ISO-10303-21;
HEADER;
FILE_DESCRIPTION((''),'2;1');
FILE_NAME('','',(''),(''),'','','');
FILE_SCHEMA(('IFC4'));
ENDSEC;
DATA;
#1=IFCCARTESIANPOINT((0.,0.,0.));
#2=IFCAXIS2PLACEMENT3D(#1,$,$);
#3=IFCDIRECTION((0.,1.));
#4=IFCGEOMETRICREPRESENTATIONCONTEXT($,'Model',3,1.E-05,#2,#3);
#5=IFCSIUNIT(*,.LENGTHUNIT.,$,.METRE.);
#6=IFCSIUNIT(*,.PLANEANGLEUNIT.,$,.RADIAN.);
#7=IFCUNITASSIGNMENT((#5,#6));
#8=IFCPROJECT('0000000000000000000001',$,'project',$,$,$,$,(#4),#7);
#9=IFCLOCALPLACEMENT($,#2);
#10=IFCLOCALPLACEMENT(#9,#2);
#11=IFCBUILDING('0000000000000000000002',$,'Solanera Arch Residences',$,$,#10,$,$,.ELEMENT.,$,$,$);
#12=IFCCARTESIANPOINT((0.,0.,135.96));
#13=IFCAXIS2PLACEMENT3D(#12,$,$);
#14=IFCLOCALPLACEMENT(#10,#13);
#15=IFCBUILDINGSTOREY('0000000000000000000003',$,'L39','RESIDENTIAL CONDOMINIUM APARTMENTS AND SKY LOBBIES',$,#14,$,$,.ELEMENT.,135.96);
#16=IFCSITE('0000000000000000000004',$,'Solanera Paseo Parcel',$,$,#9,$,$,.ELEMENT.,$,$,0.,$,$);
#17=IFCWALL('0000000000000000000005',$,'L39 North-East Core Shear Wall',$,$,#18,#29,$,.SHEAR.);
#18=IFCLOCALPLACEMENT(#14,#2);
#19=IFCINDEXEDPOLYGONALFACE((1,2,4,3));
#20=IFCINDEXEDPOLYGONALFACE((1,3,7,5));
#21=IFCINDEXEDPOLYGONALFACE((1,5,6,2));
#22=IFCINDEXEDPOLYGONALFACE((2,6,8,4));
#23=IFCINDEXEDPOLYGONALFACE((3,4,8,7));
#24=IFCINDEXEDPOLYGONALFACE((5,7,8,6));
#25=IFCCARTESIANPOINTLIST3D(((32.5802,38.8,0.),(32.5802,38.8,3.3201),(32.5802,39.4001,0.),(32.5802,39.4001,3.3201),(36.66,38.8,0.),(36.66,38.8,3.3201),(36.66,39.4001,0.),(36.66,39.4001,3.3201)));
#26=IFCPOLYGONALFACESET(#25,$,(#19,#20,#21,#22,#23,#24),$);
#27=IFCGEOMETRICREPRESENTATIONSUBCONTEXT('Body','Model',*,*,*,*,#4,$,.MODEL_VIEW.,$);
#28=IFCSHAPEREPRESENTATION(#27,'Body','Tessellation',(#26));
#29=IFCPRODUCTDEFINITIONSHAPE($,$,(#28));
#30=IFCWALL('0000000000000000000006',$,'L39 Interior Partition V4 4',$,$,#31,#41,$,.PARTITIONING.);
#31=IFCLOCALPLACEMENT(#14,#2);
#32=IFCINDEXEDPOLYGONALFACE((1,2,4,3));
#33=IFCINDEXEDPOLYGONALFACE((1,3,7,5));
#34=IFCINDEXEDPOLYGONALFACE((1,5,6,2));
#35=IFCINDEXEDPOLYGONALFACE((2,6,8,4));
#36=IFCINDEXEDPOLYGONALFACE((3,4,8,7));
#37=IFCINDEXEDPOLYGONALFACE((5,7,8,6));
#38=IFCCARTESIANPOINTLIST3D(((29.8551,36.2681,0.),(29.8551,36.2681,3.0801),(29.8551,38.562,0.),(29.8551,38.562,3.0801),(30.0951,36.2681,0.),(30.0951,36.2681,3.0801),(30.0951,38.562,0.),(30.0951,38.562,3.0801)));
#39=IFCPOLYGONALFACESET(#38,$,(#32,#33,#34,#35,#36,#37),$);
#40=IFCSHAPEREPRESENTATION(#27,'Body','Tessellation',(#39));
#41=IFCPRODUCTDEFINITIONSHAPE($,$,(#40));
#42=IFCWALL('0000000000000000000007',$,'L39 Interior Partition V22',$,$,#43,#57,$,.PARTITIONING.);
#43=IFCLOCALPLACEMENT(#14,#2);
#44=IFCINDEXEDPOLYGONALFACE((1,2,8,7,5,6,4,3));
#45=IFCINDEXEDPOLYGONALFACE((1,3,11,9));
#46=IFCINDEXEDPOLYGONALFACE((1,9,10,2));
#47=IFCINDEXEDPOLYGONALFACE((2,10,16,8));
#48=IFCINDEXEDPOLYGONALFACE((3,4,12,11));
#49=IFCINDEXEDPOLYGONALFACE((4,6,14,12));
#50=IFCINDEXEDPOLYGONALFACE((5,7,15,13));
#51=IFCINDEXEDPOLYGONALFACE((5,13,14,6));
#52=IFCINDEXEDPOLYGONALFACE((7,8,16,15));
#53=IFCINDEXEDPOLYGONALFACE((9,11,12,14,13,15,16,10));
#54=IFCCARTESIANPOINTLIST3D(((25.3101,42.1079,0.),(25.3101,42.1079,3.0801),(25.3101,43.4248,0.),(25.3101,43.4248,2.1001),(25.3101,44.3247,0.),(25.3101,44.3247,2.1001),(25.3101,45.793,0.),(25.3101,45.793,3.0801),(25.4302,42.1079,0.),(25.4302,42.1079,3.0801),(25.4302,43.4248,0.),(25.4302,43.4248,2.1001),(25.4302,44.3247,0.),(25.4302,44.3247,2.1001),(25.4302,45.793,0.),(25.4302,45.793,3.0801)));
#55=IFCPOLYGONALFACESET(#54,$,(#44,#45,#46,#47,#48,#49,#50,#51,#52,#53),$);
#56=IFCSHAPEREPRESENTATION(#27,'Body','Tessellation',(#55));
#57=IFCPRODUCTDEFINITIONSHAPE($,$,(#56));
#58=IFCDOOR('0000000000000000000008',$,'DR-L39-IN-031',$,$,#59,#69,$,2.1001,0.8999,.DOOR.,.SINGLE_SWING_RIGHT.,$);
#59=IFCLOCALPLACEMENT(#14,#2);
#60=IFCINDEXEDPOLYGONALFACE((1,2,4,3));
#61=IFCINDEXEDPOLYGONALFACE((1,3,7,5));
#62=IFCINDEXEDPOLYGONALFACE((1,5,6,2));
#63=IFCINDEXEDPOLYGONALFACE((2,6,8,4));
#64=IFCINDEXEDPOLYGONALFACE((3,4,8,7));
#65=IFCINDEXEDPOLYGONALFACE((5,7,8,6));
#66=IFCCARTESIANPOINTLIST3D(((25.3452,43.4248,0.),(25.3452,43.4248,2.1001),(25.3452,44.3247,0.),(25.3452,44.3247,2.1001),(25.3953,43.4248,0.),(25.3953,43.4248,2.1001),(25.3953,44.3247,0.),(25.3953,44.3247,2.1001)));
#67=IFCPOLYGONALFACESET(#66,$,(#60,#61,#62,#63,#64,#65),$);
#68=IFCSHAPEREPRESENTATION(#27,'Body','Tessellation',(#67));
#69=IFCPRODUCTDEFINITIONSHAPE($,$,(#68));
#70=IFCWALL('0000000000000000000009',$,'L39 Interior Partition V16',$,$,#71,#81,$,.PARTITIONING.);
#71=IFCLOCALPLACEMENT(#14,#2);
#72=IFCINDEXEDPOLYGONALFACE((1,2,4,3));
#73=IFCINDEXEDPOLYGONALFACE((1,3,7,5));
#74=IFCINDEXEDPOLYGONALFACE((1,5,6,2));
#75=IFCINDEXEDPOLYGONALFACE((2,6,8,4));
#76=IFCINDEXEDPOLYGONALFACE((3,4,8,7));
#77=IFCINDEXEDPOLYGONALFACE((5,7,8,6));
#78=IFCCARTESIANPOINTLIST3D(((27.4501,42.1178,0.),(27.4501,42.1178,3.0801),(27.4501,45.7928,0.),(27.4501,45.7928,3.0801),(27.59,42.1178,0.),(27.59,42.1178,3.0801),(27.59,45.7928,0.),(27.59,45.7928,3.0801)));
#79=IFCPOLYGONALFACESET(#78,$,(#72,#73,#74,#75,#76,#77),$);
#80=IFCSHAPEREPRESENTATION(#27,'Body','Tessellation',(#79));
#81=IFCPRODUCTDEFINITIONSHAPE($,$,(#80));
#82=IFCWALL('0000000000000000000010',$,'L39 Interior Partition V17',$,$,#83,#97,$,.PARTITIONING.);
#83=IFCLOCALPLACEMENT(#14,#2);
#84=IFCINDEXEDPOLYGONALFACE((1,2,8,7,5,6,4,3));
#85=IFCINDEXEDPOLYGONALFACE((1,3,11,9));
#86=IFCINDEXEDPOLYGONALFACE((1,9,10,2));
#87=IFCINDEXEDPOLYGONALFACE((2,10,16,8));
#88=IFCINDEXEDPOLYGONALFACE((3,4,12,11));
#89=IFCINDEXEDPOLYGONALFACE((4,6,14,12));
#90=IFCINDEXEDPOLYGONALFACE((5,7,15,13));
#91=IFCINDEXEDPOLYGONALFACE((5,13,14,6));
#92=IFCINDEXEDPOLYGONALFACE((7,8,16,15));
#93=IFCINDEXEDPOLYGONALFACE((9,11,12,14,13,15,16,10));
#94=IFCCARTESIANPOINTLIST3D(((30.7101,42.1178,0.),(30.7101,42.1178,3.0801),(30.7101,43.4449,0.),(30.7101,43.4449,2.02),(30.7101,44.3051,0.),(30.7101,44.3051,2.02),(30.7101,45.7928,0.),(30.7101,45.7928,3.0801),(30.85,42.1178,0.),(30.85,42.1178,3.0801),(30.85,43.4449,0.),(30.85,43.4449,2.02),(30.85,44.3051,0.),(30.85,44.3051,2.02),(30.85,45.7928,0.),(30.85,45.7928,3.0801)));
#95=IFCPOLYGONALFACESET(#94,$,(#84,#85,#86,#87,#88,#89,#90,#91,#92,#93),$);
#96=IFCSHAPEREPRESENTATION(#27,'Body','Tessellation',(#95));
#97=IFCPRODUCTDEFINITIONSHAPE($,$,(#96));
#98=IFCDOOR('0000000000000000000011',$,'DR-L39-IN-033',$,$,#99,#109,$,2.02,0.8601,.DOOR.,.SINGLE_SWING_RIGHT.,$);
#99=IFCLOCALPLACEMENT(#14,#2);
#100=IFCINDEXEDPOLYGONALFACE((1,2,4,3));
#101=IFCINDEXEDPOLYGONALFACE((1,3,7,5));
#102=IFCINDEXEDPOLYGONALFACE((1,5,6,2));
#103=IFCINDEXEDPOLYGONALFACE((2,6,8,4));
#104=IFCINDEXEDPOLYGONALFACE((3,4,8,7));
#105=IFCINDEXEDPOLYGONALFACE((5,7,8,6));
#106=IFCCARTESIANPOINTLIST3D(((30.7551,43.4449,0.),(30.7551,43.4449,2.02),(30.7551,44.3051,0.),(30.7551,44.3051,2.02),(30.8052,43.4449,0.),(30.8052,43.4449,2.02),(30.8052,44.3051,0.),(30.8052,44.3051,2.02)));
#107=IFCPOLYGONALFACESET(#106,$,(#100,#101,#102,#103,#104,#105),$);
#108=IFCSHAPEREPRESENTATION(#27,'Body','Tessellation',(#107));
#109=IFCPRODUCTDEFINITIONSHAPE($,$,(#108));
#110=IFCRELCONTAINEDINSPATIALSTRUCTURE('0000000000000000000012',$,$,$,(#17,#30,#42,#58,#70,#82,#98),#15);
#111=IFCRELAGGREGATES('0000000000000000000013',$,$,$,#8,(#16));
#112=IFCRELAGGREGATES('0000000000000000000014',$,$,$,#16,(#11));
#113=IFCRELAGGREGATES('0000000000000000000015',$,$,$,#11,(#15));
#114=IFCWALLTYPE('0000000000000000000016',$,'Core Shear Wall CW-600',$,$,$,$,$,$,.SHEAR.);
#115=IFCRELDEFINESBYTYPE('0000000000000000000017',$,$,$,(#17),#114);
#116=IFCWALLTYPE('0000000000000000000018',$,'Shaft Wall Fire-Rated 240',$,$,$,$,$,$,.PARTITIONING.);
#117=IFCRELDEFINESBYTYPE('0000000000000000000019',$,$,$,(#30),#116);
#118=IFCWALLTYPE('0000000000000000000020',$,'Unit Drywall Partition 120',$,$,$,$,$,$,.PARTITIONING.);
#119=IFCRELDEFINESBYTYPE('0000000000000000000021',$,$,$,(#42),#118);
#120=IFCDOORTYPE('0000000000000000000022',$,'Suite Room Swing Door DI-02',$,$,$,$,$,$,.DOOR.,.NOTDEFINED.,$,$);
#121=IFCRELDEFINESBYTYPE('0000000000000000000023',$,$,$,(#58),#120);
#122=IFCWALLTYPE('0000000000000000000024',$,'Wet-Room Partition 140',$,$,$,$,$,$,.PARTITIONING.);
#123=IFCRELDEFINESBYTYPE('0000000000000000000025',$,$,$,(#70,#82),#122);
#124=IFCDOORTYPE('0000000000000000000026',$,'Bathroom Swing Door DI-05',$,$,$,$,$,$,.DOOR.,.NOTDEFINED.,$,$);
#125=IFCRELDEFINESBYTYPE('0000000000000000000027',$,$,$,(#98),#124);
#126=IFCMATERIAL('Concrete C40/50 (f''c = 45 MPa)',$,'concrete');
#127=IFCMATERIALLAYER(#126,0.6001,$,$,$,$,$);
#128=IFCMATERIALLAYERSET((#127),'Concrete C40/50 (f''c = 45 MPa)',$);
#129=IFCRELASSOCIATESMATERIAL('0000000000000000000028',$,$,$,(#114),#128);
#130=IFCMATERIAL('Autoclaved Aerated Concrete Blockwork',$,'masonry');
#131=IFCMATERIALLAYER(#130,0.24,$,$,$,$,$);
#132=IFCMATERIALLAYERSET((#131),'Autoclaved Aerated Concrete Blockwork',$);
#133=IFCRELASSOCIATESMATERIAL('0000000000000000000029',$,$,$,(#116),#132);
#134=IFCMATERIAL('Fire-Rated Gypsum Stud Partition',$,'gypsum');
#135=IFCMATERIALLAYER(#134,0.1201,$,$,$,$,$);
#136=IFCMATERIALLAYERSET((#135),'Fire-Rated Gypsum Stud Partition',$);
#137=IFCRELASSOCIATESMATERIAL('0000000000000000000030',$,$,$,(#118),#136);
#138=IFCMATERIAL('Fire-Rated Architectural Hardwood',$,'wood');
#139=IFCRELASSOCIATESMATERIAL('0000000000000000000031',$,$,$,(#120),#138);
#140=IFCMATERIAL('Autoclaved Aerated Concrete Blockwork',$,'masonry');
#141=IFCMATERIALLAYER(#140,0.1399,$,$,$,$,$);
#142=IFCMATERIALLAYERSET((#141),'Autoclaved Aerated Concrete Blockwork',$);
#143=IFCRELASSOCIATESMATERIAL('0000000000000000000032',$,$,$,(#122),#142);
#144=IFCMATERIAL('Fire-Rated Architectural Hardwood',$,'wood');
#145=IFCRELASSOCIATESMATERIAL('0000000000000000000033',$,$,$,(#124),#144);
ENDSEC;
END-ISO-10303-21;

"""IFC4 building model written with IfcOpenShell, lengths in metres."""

from ifc_helpers import new_model, si_unit, direction, frame, frame_2d, origin, place, context, subcontext, project, spatial, rectangle, extrude, material, layer, layer_set, type_object, element, fill, save


model = new_model("IFC4")

# Units and contexts
model_context = context("Model", 3, precision=1e-05, world=origin(), true_north=direction((0.0, 1.0)))
body_context = subcontext(model_context, "Body", "Model", "MODEL_VIEW")
ifc_project = project(units=[si_unit("LENGTHUNIT", "METRE"), si_unit("PLANEANGLEUNIT", "RADIAN")], contexts=[model_context])

# Site, building, storey
site_placement = place(None, origin())
site = spatial("IfcSite", under=ifc_project, at=site_placement, Name="Solanera Paseo Parcel", CompositionType="ELEMENT", RefElevation=0.0)
building_placement = place(site_placement, origin())
building = spatial("IfcBuilding", under=site, at=building_placement, Name="Solanera Arch Residences", CompositionType="ELEMENT")
storey_placement = place(building_placement, frame((0.0, 0.0, 135.96)))
storey = spatial("IfcBuildingStorey", under=building, at=storey_placement, Name="L39", Description="RESIDENTIAL CONDOMINIUM APARTMENTS AND SKY LOBBIES", CompositionType="ELEMENT", Elevation=135.96)

# Walls
ifc_material_1 = material(Name="Concrete C40/50 (f'c = 45 MPa)", Category="concrete")
ifc_layer_1 = layer(ifc_material_1, 0.6001)
ifc_layer_set_1 = layer_set([ifc_layer_1], Name="Concrete C40/50 (f'c = 45 MPa)")
wall_type_1 = type_object("IfcWallType", Name="Core Shear Wall CW-600", PredefinedType="SHEAR", material=ifc_layer_set_1)
wall_1_placement = place(storey_placement, frame((32.5801, 39.1001, 0.0), z_axis=(0.0, 0.0, 1.0), x_axis=(1.0, 0.0, 0.0)))
element("IfcWall", 1, at=wall_1_placement, inside=storey, type_object=wall_type_1, Name="L39 North-East Core Shear Wall", PredefinedType="SHEAR", context=body_context, shape_type="SweptSolid", body=[
    extrude(rectangle(XDim=4.0798, YDim=0.6001, at=frame_2d((2.04, 0.0))), origin(), (0.0, 0.0, 1.0), 3.3201),
])
ifc_material_2 = material(Name="Autoclaved Aerated Concrete Blockwork", Category="masonry")
ifc_layer_2 = layer(ifc_material_2, 0.24)
ifc_layer_set_2 = layer_set([ifc_layer_2], Name="Autoclaved Aerated Concrete Blockwork")
wall_type_2 = type_object("IfcWallType", Name="Shaft Wall Fire-Rated 240", PredefinedType="PARTITIONING", material=ifc_layer_set_2)
wall_2_placement = place(storey_placement, frame((29.9751, 36.2681, 0.0), z_axis=(0.0, 0.0, 1.0), x_axis=(0.0, 1.0, 0.0)))
element("IfcWall", 2, at=wall_2_placement, inside=storey, type_object=wall_type_2, Name="L39 Interior Partition V4 4", PredefinedType="PARTITIONING", context=body_context, shape_type="SweptSolid", body=[
    extrude(rectangle(XDim=2.2939, YDim=0.24, at=frame_2d((1.147, 0.0))), origin(), (0.0, 0.0, 1.0), 3.0801),
])

# Wall, opening, door
ifc_material_3 = material(Name="Fire-Rated Gypsum Stud Partition", Category="gypsum")
ifc_layer_3 = layer(ifc_material_3, 0.1201)
ifc_layer_set_3 = layer_set([ifc_layer_3], Name="Fire-Rated Gypsum Stud Partition")
wall_type_3 = type_object("IfcWallType", Name="Unit Drywall Partition 120", PredefinedType="PARTITIONING", material=ifc_layer_set_3)
wall_3_placement = place(storey_placement, frame((25.3701, 42.1079, 0.0), z_axis=(0.0, 0.0, 1.0), x_axis=(0.0, 1.0, 0.0)))
wall_3 = element("IfcWall", 3, at=wall_3_placement, inside=storey, type_object=wall_type_3, Name="L39 Interior Partition V22", PredefinedType="PARTITIONING", context=body_context, shape_type="SweptSolid", body=[
    extrude(rectangle(XDim=3.6851, YDim=0.1201, at=frame_2d((1.8425, 0.0))), origin(), (0.0, 0.0, 1.0), 3.0801),
])
opening_1_placement = place(wall_3_placement, frame((1.3169, 0.0, 0.0)))
opening_1 = element("IfcOpeningElement", 4, at=opening_1_placement, cuts=wall_3, PredefinedType="OPENING", context=body_context, shape_type="SweptSolid", body=[
    extrude(rectangle(XDim=0.8999, YDim=2.1001, at=frame_2d((0.45, 1.05))), frame((0.0, 0.0701, 0.0), z_axis=(0.0, -1.0, 0.0), x_axis=(1.0, 0.0, 0.0)), (0.0, 0.0, 1.0), 0.1401),
])
ifc_material_4 = material(Name="Fire-Rated Architectural Hardwood", Category="wood")
door_type_1 = type_object("IfcDoorType", Name="Suite Room Swing Door DI-02", OperationType="NOTDEFINED", PredefinedType="DOOR", material=ifc_material_4)
door_1_placement = place(opening_1_placement, origin())
door_1 = element("IfcDoor", 5, at=door_1_placement, inside=storey, type_object=door_type_1, Name="DR-L39-IN-031", OperationType="SINGLE_SWING_RIGHT", OverallHeight=2.1001, OverallWidth=0.8999, PredefinedType="DOOR", context=body_context, shape_type="SweptSolid", body=[
    extrude(rectangle(XDim=0.8999, YDim=2.1001, at=frame_2d((0.45, 1.05))), frame((0.0, 0.0249, 0.0), z_axis=(0.0, -1.0, 0.0), x_axis=(1.0, 0.0, 0.0)), (0.0, 0.0, 1.0), 0.05),
])
fill(opening_1, door_1)

# Wall
ifc_material_5 = material(Name="Autoclaved Aerated Concrete Blockwork", Category="masonry")
ifc_layer_4 = layer(ifc_material_5, 0.1399)
ifc_layer_set_4 = layer_set([ifc_layer_4], Name="Autoclaved Aerated Concrete Blockwork")
wall_type_4 = type_object("IfcWallType", Name="Wet-Room Partition 140", PredefinedType="PARTITIONING", material=ifc_layer_set_4)
wall_4_placement = place(storey_placement, frame((27.52, 42.1179, 0.0), z_axis=(0.0, 0.0, 1.0), x_axis=(0.0, 1.0, 0.0)))
element("IfcWall", 6, at=wall_4_placement, inside=storey, type_object=wall_type_4, Name="L39 Interior Partition V16", PredefinedType="PARTITIONING", context=body_context, shape_type="SweptSolid", body=[
    extrude(rectangle(XDim=3.675, YDim=0.1399, at=frame_2d((1.8374, 0.0))), origin(), (0.0, 0.0, 1.0), 3.0801),
])

# Wall, opening, door
wall_5_placement = place(storey_placement, frame((30.78, 42.1179, 0.0), z_axis=(0.0, 0.0, 1.0), x_axis=(0.0, 1.0, 0.0)))
wall_5 = element("IfcWall", 7, at=wall_5_placement, inside=storey, type_object=wall_type_4, Name="L39 Interior Partition V17", PredefinedType="PARTITIONING", context=body_context, shape_type="SweptSolid", body=[
    extrude(rectangle(XDim=3.675, YDim=0.1399, at=frame_2d((1.8374, 0.0))), origin(), (0.0, 0.0, 1.0), 3.0801),
])
opening_2_placement = place(wall_5_placement, frame((1.3269, 0.0, 0.0)))
opening_2 = element("IfcOpeningElement", 8, at=opening_2_placement, cuts=wall_5, PredefinedType="OPENING", context=body_context, shape_type="SweptSolid", body=[
    extrude(rectangle(XDim=0.8601, YDim=2.02, at=frame_2d((0.4302, 1.01))), frame((0.0, 0.0798, 0.0), z_axis=(0.0, -1.0, 0.0), x_axis=(1.0, 0.0, 0.0)), (0.0, 0.0, 1.0), 0.1599),
])
ifc_material_6 = material(Name="Fire-Rated Architectural Hardwood", Category="wood")
door_type_2 = type_object("IfcDoorType", Name="Bathroom Swing Door DI-05", OperationType="NOTDEFINED", PredefinedType="DOOR", material=ifc_material_6)
door_2_placement = place(opening_2_placement, origin())
door_2 = element("IfcDoor", 9, at=door_2_placement, inside=storey, type_object=door_type_2, Name="DR-L39-IN-033", OperationType="SINGLE_SWING_RIGHT", OverallHeight=2.02, OverallWidth=0.8601, PredefinedType="DOOR", context=body_context, shape_type="SweptSolid", body=[
    extrude(rectangle(XDim=0.8601, YDim=2.02, at=frame_2d((0.4302, 1.01))), frame((0.0, 0.0249, 0.0), z_axis=(0.0, -1.0, 0.0), x_axis=(1.0, 0.0, 0.0)), (0.0, 0.0, 1.0), 0.05),
])
fill(opening_2, door_2)

save(model, "model.ifc")
